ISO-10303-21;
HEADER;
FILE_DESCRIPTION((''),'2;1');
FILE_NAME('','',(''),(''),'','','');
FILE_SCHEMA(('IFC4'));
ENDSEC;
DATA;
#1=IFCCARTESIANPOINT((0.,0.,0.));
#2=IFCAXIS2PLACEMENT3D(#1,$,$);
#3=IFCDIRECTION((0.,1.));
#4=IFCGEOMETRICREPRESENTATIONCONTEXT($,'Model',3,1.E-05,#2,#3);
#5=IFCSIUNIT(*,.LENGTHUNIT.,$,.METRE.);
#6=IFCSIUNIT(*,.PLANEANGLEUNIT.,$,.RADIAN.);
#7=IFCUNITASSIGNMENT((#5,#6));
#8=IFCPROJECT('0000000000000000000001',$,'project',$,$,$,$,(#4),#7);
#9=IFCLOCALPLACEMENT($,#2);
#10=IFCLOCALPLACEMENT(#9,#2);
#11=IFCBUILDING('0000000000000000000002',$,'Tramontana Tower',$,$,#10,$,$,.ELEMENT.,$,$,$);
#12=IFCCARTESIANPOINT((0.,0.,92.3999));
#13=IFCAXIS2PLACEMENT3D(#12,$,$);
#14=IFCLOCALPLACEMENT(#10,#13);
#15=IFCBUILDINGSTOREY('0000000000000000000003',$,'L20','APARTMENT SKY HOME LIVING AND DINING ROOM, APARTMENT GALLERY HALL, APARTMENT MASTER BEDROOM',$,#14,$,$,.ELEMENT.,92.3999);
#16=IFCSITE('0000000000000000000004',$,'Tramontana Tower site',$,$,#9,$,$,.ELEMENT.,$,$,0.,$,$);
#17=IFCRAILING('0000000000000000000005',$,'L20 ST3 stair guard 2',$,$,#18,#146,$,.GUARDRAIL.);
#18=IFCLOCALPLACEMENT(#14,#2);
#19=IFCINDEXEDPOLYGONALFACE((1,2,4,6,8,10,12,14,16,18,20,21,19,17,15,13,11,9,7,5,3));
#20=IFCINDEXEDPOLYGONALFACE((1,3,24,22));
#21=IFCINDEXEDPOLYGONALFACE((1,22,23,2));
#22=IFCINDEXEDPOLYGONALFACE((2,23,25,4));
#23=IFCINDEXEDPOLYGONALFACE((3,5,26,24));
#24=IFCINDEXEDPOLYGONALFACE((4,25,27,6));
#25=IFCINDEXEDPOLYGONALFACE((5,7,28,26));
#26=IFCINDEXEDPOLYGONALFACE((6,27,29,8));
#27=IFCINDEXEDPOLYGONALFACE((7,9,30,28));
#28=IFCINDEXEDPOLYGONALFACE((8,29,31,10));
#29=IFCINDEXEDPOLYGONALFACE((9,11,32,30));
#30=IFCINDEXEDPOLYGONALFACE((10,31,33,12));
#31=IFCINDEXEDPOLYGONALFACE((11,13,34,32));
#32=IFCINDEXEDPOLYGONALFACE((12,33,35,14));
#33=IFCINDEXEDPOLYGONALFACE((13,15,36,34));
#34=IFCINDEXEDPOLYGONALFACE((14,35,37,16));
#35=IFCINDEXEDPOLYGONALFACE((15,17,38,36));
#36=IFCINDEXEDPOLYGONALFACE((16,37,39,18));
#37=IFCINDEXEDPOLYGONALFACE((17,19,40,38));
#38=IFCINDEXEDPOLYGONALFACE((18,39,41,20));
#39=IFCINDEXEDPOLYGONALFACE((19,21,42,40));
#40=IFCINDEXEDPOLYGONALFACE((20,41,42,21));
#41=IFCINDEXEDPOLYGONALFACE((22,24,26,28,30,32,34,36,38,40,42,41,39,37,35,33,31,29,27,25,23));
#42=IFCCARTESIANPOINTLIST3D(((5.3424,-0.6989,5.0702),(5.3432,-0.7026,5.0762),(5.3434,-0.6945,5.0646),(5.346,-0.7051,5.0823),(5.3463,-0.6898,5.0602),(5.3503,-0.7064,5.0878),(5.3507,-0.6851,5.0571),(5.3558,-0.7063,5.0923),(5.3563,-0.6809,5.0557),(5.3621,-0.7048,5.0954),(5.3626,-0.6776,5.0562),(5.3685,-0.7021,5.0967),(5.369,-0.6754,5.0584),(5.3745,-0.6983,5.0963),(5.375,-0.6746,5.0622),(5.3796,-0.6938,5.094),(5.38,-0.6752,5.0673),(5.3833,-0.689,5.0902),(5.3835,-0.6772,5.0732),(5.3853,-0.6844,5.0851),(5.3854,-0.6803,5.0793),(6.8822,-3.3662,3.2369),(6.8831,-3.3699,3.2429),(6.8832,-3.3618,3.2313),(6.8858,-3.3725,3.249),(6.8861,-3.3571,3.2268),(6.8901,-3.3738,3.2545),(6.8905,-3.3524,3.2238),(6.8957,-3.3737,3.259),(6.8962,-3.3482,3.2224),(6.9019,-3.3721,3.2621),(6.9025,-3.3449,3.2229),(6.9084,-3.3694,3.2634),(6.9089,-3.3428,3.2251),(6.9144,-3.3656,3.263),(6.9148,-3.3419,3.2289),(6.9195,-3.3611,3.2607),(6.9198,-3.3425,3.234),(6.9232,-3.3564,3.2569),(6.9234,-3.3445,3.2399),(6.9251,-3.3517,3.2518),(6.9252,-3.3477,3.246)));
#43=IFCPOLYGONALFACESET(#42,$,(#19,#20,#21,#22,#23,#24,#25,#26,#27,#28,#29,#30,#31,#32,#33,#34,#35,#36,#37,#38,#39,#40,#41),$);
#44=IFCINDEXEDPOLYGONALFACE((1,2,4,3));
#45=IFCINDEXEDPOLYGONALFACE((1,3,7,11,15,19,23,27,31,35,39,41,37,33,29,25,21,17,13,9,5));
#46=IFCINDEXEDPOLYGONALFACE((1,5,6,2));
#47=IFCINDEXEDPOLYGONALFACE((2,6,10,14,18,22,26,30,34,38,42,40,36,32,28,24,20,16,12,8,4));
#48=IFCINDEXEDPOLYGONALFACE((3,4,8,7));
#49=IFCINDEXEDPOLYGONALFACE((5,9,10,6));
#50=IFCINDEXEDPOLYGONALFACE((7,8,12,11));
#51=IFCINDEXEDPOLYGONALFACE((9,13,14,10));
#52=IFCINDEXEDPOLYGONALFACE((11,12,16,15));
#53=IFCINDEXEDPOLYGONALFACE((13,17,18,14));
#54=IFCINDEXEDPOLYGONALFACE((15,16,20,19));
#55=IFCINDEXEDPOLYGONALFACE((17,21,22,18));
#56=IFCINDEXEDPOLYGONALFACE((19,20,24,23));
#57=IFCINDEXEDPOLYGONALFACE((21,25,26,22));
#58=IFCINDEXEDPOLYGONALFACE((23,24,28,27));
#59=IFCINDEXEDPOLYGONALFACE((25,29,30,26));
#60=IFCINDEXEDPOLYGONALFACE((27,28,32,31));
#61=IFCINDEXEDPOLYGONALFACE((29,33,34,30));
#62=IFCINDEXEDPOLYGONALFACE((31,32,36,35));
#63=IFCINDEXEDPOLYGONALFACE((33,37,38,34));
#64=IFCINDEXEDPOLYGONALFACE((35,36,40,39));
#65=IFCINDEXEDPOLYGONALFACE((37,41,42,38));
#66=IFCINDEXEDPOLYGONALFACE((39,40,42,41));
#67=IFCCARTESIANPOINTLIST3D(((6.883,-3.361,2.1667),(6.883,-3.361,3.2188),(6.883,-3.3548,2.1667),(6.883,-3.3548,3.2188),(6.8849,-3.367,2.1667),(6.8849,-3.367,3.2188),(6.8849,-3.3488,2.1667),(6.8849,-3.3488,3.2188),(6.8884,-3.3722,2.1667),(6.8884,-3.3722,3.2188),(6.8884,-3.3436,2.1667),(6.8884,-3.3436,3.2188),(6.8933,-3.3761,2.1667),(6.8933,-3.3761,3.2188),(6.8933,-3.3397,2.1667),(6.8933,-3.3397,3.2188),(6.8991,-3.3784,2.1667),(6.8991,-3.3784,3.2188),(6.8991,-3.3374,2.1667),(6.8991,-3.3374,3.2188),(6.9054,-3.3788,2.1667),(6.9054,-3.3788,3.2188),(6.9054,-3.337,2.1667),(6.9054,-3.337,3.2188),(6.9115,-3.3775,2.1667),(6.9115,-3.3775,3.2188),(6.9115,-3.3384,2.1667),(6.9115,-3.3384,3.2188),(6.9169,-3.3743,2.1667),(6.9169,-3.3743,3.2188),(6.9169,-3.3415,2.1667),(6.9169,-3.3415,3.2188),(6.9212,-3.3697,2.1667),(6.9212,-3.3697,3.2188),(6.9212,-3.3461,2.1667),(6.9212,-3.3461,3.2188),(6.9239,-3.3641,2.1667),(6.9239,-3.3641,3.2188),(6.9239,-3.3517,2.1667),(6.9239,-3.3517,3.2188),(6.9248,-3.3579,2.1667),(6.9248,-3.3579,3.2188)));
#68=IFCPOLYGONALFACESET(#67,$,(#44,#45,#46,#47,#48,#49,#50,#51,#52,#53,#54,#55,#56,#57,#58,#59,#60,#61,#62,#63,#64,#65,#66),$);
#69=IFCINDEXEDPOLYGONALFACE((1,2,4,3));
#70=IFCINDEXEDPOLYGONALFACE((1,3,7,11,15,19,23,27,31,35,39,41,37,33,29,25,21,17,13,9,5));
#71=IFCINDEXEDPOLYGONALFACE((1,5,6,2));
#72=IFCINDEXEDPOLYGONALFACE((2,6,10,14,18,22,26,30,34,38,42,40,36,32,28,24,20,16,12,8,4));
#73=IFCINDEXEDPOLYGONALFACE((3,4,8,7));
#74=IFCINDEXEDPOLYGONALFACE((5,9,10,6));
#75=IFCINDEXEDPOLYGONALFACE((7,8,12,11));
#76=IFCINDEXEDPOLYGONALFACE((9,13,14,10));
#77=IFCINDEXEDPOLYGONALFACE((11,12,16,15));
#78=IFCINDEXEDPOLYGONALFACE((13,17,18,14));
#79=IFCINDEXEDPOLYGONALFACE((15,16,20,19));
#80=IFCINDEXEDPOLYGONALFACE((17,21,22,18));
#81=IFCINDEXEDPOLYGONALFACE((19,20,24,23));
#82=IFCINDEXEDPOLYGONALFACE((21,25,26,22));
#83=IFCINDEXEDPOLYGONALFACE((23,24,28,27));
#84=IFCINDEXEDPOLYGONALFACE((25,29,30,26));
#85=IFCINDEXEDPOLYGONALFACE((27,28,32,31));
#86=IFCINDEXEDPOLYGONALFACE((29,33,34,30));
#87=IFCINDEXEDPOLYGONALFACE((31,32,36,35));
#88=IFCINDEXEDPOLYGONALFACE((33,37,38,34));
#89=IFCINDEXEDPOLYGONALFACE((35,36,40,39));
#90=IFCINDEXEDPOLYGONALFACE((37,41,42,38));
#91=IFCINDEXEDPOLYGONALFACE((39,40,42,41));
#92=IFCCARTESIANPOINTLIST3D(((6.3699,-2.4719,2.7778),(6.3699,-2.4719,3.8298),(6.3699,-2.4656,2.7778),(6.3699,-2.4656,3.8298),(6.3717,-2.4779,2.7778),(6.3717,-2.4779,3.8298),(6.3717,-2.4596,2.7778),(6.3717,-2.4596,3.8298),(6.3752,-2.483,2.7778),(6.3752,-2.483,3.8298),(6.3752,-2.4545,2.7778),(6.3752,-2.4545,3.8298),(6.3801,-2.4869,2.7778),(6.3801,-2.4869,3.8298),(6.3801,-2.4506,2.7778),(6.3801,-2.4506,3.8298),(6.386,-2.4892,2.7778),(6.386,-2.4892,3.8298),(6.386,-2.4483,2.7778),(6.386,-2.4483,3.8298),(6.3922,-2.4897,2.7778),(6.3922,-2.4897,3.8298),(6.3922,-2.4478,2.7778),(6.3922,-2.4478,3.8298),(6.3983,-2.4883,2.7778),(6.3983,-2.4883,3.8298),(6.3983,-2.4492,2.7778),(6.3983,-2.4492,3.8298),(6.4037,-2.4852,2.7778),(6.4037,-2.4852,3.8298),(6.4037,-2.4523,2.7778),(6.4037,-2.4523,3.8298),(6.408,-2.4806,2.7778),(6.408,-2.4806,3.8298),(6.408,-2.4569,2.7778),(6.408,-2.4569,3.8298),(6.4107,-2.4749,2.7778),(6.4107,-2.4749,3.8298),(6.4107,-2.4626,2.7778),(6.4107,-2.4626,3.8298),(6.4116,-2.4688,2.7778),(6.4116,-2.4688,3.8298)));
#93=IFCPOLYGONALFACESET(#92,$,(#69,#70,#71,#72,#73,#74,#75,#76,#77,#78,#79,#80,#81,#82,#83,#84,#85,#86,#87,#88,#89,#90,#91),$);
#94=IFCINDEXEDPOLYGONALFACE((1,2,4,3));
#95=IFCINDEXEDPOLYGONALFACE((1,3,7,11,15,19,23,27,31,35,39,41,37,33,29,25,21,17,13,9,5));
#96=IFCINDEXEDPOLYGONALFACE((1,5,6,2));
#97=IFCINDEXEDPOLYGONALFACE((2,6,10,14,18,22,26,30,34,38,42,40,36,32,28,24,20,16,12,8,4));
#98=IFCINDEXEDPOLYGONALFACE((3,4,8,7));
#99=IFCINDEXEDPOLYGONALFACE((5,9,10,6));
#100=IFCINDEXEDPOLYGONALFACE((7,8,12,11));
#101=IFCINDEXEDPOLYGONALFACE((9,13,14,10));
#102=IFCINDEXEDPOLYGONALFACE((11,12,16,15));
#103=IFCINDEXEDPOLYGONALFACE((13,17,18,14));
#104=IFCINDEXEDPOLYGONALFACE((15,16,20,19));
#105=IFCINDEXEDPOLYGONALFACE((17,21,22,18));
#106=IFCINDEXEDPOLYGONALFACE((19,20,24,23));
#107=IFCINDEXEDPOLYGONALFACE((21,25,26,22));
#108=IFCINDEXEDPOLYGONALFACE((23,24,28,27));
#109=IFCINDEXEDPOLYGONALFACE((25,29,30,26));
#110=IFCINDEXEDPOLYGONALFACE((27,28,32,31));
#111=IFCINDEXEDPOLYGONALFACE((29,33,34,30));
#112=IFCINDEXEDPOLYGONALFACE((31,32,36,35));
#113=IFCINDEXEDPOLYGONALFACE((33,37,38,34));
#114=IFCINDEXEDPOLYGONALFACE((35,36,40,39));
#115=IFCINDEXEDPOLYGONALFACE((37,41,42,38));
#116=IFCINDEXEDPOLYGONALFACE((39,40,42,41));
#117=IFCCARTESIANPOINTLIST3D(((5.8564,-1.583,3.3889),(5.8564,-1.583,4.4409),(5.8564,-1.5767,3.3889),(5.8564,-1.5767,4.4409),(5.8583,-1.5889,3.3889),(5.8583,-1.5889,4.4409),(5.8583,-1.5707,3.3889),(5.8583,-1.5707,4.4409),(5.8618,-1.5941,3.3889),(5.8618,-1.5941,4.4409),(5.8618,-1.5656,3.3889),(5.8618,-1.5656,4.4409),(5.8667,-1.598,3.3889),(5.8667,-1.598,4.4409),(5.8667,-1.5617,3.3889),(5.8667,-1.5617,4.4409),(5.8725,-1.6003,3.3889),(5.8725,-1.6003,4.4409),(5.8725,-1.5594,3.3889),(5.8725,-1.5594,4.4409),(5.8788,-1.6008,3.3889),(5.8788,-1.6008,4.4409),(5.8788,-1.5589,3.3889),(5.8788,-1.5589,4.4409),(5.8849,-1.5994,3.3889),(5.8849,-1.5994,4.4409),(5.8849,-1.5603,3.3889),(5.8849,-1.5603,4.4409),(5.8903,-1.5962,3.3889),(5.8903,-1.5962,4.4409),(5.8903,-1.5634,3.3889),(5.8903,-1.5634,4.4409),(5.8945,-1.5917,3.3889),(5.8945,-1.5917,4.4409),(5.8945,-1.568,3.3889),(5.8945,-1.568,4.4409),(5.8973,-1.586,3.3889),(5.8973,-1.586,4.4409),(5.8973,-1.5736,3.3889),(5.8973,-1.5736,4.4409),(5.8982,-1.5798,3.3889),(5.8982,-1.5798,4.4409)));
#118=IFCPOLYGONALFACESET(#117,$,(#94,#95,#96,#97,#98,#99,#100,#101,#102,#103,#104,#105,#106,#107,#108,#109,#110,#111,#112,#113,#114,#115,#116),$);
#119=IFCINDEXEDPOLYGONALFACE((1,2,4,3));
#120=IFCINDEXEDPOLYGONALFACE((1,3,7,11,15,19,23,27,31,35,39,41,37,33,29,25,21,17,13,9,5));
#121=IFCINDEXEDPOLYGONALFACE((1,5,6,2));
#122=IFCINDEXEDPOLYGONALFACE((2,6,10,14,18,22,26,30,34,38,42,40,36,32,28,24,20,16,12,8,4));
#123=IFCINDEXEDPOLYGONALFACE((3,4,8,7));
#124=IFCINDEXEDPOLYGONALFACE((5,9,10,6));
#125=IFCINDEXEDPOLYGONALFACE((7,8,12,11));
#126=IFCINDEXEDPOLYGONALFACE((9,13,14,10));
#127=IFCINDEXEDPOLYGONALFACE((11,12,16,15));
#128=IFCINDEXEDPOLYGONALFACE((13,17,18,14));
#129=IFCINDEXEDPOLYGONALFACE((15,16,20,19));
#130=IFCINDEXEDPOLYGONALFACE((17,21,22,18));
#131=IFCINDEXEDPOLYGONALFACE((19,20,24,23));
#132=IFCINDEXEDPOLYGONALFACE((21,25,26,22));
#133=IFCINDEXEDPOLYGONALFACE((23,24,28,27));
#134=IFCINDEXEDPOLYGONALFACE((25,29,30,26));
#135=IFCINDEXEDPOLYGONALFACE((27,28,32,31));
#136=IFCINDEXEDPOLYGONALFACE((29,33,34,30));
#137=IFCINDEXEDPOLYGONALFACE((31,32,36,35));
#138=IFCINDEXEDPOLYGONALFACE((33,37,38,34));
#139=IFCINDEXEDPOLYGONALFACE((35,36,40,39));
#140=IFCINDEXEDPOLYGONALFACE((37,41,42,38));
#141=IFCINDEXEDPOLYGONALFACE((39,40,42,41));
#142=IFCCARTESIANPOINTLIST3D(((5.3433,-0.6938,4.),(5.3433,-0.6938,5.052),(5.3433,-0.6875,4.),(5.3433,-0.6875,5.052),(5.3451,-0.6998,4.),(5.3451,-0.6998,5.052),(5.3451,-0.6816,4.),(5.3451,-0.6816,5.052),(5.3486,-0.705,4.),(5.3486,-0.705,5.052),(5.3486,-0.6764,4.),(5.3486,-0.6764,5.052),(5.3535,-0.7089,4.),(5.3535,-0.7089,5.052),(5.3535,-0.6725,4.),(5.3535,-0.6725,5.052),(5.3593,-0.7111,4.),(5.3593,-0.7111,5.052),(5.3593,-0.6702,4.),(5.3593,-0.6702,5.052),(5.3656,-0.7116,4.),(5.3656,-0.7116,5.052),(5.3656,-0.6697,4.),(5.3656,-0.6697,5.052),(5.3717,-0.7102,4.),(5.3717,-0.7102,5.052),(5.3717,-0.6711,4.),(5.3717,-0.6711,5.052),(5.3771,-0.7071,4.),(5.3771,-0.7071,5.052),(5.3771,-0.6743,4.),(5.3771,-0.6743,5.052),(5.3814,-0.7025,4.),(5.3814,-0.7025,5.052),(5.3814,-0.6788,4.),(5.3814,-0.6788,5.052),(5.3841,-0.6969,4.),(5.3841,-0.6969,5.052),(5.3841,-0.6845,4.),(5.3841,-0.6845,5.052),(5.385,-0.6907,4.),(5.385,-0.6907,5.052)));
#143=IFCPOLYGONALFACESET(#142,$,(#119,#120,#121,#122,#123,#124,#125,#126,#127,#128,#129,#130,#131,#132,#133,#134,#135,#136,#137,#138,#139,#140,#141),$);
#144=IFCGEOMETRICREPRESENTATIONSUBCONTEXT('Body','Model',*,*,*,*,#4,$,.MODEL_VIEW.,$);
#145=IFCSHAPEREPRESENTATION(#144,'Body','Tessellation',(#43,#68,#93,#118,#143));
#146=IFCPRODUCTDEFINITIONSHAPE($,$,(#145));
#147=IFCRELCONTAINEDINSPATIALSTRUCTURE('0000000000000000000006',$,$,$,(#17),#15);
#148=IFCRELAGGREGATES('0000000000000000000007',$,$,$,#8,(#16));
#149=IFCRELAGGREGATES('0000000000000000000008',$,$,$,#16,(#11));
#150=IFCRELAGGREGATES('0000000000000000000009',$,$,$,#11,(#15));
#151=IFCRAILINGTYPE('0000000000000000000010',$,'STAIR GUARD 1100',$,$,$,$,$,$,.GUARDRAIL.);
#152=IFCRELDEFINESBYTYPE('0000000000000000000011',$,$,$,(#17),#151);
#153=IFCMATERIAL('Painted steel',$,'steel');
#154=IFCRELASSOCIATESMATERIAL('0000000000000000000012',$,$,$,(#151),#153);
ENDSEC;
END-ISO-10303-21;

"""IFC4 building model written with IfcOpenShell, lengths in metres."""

from ifc_helpers import new_model, si_unit, direction, frame, origin, origin_2d, place, context, subcontext, project, spatial, circle, extrude, material, type_object, element, save


model = new_model("IFC4")

# Units and contexts
model_context = context("Model", 3, precision=1e-05, world=origin(), true_north=direction((0.0, 1.0)))
body_context = subcontext(model_context, "Body", "Model", "MODEL_VIEW")
ifc_project = project(units=[si_unit("LENGTHUNIT", "METRE"), si_unit("PLANEANGLEUNIT", "RADIAN")], contexts=[model_context])

# Site, building, storey
site_placement = place(None, origin())
site = spatial("IfcSite", under=ifc_project, at=site_placement, Name="Tramontana Tower site", CompositionType="ELEMENT", RefElevation=0.0)
building_placement = place(site_placement, origin())
building = spatial("IfcBuilding", under=site, at=building_placement, Name="Tramontana Tower", CompositionType="ELEMENT")
storey_placement = place(building_placement, frame((0.0, 0.0, 92.3999)))
storey = spatial("IfcBuildingStorey", under=building, at=storey_placement, Name="L20", Description="APARTMENT SKY HOME LIVING AND DINING ROOM, APARTMENT GALLERY HALL, APARTMENT MASTER BEDROOM", CompositionType="ELEMENT", Elevation=92.3999)

# Railing
ifc_material_1 = material(Name="Painted steel", Category="steel")
railing_type_1 = type_object("IfcRailingType", Name="STAIR GUARD 1100", PredefinedType="GUARDRAIL", material=ifc_material_1)
railing_1_placement = place(storey_placement, frame((6.9038, -3.3579, 2.1667)))
element("IfcRailing", 1, at=railing_1_placement, inside=storey, type_object=railing_type_1, Name="L20 ST3 stair guard 2", PredefinedType="GUARDRAIL", context=body_context, shape_type="SweptSolid", body=[
    extrude(circle(Radius=0.0239, at=origin_2d()), frame((0.0, 0.0, 1.0762), z_axis=(-0.429616, 0.744181, 0.511493), x_axis=(-0.866044, -0.499967, 0.0)), (0.0, 0.0, 1.0), 3.5842),
    extrude(circle(Radius=0.021, at=origin_2d()), origin(), (0.0, 0.0, 1.0), 1.052),
    extrude(circle(Radius=0.021, at=origin_2d()), frame((-0.5132, 0.8892, 0.6111)), (0.0, 0.0, 1.0), 1.052),
    extrude(circle(Radius=0.021, at=origin_2d()), frame((-1.0266, 1.7781, 1.2222)), (0.0, 0.0, 1.0), 1.052),
    extrude(circle(Radius=0.021, at=origin_2d()), frame((-1.5398, 2.6672, 1.8333)), (0.0, 0.0, 1.0), 1.052),
])

save(model, "model.ifc")
